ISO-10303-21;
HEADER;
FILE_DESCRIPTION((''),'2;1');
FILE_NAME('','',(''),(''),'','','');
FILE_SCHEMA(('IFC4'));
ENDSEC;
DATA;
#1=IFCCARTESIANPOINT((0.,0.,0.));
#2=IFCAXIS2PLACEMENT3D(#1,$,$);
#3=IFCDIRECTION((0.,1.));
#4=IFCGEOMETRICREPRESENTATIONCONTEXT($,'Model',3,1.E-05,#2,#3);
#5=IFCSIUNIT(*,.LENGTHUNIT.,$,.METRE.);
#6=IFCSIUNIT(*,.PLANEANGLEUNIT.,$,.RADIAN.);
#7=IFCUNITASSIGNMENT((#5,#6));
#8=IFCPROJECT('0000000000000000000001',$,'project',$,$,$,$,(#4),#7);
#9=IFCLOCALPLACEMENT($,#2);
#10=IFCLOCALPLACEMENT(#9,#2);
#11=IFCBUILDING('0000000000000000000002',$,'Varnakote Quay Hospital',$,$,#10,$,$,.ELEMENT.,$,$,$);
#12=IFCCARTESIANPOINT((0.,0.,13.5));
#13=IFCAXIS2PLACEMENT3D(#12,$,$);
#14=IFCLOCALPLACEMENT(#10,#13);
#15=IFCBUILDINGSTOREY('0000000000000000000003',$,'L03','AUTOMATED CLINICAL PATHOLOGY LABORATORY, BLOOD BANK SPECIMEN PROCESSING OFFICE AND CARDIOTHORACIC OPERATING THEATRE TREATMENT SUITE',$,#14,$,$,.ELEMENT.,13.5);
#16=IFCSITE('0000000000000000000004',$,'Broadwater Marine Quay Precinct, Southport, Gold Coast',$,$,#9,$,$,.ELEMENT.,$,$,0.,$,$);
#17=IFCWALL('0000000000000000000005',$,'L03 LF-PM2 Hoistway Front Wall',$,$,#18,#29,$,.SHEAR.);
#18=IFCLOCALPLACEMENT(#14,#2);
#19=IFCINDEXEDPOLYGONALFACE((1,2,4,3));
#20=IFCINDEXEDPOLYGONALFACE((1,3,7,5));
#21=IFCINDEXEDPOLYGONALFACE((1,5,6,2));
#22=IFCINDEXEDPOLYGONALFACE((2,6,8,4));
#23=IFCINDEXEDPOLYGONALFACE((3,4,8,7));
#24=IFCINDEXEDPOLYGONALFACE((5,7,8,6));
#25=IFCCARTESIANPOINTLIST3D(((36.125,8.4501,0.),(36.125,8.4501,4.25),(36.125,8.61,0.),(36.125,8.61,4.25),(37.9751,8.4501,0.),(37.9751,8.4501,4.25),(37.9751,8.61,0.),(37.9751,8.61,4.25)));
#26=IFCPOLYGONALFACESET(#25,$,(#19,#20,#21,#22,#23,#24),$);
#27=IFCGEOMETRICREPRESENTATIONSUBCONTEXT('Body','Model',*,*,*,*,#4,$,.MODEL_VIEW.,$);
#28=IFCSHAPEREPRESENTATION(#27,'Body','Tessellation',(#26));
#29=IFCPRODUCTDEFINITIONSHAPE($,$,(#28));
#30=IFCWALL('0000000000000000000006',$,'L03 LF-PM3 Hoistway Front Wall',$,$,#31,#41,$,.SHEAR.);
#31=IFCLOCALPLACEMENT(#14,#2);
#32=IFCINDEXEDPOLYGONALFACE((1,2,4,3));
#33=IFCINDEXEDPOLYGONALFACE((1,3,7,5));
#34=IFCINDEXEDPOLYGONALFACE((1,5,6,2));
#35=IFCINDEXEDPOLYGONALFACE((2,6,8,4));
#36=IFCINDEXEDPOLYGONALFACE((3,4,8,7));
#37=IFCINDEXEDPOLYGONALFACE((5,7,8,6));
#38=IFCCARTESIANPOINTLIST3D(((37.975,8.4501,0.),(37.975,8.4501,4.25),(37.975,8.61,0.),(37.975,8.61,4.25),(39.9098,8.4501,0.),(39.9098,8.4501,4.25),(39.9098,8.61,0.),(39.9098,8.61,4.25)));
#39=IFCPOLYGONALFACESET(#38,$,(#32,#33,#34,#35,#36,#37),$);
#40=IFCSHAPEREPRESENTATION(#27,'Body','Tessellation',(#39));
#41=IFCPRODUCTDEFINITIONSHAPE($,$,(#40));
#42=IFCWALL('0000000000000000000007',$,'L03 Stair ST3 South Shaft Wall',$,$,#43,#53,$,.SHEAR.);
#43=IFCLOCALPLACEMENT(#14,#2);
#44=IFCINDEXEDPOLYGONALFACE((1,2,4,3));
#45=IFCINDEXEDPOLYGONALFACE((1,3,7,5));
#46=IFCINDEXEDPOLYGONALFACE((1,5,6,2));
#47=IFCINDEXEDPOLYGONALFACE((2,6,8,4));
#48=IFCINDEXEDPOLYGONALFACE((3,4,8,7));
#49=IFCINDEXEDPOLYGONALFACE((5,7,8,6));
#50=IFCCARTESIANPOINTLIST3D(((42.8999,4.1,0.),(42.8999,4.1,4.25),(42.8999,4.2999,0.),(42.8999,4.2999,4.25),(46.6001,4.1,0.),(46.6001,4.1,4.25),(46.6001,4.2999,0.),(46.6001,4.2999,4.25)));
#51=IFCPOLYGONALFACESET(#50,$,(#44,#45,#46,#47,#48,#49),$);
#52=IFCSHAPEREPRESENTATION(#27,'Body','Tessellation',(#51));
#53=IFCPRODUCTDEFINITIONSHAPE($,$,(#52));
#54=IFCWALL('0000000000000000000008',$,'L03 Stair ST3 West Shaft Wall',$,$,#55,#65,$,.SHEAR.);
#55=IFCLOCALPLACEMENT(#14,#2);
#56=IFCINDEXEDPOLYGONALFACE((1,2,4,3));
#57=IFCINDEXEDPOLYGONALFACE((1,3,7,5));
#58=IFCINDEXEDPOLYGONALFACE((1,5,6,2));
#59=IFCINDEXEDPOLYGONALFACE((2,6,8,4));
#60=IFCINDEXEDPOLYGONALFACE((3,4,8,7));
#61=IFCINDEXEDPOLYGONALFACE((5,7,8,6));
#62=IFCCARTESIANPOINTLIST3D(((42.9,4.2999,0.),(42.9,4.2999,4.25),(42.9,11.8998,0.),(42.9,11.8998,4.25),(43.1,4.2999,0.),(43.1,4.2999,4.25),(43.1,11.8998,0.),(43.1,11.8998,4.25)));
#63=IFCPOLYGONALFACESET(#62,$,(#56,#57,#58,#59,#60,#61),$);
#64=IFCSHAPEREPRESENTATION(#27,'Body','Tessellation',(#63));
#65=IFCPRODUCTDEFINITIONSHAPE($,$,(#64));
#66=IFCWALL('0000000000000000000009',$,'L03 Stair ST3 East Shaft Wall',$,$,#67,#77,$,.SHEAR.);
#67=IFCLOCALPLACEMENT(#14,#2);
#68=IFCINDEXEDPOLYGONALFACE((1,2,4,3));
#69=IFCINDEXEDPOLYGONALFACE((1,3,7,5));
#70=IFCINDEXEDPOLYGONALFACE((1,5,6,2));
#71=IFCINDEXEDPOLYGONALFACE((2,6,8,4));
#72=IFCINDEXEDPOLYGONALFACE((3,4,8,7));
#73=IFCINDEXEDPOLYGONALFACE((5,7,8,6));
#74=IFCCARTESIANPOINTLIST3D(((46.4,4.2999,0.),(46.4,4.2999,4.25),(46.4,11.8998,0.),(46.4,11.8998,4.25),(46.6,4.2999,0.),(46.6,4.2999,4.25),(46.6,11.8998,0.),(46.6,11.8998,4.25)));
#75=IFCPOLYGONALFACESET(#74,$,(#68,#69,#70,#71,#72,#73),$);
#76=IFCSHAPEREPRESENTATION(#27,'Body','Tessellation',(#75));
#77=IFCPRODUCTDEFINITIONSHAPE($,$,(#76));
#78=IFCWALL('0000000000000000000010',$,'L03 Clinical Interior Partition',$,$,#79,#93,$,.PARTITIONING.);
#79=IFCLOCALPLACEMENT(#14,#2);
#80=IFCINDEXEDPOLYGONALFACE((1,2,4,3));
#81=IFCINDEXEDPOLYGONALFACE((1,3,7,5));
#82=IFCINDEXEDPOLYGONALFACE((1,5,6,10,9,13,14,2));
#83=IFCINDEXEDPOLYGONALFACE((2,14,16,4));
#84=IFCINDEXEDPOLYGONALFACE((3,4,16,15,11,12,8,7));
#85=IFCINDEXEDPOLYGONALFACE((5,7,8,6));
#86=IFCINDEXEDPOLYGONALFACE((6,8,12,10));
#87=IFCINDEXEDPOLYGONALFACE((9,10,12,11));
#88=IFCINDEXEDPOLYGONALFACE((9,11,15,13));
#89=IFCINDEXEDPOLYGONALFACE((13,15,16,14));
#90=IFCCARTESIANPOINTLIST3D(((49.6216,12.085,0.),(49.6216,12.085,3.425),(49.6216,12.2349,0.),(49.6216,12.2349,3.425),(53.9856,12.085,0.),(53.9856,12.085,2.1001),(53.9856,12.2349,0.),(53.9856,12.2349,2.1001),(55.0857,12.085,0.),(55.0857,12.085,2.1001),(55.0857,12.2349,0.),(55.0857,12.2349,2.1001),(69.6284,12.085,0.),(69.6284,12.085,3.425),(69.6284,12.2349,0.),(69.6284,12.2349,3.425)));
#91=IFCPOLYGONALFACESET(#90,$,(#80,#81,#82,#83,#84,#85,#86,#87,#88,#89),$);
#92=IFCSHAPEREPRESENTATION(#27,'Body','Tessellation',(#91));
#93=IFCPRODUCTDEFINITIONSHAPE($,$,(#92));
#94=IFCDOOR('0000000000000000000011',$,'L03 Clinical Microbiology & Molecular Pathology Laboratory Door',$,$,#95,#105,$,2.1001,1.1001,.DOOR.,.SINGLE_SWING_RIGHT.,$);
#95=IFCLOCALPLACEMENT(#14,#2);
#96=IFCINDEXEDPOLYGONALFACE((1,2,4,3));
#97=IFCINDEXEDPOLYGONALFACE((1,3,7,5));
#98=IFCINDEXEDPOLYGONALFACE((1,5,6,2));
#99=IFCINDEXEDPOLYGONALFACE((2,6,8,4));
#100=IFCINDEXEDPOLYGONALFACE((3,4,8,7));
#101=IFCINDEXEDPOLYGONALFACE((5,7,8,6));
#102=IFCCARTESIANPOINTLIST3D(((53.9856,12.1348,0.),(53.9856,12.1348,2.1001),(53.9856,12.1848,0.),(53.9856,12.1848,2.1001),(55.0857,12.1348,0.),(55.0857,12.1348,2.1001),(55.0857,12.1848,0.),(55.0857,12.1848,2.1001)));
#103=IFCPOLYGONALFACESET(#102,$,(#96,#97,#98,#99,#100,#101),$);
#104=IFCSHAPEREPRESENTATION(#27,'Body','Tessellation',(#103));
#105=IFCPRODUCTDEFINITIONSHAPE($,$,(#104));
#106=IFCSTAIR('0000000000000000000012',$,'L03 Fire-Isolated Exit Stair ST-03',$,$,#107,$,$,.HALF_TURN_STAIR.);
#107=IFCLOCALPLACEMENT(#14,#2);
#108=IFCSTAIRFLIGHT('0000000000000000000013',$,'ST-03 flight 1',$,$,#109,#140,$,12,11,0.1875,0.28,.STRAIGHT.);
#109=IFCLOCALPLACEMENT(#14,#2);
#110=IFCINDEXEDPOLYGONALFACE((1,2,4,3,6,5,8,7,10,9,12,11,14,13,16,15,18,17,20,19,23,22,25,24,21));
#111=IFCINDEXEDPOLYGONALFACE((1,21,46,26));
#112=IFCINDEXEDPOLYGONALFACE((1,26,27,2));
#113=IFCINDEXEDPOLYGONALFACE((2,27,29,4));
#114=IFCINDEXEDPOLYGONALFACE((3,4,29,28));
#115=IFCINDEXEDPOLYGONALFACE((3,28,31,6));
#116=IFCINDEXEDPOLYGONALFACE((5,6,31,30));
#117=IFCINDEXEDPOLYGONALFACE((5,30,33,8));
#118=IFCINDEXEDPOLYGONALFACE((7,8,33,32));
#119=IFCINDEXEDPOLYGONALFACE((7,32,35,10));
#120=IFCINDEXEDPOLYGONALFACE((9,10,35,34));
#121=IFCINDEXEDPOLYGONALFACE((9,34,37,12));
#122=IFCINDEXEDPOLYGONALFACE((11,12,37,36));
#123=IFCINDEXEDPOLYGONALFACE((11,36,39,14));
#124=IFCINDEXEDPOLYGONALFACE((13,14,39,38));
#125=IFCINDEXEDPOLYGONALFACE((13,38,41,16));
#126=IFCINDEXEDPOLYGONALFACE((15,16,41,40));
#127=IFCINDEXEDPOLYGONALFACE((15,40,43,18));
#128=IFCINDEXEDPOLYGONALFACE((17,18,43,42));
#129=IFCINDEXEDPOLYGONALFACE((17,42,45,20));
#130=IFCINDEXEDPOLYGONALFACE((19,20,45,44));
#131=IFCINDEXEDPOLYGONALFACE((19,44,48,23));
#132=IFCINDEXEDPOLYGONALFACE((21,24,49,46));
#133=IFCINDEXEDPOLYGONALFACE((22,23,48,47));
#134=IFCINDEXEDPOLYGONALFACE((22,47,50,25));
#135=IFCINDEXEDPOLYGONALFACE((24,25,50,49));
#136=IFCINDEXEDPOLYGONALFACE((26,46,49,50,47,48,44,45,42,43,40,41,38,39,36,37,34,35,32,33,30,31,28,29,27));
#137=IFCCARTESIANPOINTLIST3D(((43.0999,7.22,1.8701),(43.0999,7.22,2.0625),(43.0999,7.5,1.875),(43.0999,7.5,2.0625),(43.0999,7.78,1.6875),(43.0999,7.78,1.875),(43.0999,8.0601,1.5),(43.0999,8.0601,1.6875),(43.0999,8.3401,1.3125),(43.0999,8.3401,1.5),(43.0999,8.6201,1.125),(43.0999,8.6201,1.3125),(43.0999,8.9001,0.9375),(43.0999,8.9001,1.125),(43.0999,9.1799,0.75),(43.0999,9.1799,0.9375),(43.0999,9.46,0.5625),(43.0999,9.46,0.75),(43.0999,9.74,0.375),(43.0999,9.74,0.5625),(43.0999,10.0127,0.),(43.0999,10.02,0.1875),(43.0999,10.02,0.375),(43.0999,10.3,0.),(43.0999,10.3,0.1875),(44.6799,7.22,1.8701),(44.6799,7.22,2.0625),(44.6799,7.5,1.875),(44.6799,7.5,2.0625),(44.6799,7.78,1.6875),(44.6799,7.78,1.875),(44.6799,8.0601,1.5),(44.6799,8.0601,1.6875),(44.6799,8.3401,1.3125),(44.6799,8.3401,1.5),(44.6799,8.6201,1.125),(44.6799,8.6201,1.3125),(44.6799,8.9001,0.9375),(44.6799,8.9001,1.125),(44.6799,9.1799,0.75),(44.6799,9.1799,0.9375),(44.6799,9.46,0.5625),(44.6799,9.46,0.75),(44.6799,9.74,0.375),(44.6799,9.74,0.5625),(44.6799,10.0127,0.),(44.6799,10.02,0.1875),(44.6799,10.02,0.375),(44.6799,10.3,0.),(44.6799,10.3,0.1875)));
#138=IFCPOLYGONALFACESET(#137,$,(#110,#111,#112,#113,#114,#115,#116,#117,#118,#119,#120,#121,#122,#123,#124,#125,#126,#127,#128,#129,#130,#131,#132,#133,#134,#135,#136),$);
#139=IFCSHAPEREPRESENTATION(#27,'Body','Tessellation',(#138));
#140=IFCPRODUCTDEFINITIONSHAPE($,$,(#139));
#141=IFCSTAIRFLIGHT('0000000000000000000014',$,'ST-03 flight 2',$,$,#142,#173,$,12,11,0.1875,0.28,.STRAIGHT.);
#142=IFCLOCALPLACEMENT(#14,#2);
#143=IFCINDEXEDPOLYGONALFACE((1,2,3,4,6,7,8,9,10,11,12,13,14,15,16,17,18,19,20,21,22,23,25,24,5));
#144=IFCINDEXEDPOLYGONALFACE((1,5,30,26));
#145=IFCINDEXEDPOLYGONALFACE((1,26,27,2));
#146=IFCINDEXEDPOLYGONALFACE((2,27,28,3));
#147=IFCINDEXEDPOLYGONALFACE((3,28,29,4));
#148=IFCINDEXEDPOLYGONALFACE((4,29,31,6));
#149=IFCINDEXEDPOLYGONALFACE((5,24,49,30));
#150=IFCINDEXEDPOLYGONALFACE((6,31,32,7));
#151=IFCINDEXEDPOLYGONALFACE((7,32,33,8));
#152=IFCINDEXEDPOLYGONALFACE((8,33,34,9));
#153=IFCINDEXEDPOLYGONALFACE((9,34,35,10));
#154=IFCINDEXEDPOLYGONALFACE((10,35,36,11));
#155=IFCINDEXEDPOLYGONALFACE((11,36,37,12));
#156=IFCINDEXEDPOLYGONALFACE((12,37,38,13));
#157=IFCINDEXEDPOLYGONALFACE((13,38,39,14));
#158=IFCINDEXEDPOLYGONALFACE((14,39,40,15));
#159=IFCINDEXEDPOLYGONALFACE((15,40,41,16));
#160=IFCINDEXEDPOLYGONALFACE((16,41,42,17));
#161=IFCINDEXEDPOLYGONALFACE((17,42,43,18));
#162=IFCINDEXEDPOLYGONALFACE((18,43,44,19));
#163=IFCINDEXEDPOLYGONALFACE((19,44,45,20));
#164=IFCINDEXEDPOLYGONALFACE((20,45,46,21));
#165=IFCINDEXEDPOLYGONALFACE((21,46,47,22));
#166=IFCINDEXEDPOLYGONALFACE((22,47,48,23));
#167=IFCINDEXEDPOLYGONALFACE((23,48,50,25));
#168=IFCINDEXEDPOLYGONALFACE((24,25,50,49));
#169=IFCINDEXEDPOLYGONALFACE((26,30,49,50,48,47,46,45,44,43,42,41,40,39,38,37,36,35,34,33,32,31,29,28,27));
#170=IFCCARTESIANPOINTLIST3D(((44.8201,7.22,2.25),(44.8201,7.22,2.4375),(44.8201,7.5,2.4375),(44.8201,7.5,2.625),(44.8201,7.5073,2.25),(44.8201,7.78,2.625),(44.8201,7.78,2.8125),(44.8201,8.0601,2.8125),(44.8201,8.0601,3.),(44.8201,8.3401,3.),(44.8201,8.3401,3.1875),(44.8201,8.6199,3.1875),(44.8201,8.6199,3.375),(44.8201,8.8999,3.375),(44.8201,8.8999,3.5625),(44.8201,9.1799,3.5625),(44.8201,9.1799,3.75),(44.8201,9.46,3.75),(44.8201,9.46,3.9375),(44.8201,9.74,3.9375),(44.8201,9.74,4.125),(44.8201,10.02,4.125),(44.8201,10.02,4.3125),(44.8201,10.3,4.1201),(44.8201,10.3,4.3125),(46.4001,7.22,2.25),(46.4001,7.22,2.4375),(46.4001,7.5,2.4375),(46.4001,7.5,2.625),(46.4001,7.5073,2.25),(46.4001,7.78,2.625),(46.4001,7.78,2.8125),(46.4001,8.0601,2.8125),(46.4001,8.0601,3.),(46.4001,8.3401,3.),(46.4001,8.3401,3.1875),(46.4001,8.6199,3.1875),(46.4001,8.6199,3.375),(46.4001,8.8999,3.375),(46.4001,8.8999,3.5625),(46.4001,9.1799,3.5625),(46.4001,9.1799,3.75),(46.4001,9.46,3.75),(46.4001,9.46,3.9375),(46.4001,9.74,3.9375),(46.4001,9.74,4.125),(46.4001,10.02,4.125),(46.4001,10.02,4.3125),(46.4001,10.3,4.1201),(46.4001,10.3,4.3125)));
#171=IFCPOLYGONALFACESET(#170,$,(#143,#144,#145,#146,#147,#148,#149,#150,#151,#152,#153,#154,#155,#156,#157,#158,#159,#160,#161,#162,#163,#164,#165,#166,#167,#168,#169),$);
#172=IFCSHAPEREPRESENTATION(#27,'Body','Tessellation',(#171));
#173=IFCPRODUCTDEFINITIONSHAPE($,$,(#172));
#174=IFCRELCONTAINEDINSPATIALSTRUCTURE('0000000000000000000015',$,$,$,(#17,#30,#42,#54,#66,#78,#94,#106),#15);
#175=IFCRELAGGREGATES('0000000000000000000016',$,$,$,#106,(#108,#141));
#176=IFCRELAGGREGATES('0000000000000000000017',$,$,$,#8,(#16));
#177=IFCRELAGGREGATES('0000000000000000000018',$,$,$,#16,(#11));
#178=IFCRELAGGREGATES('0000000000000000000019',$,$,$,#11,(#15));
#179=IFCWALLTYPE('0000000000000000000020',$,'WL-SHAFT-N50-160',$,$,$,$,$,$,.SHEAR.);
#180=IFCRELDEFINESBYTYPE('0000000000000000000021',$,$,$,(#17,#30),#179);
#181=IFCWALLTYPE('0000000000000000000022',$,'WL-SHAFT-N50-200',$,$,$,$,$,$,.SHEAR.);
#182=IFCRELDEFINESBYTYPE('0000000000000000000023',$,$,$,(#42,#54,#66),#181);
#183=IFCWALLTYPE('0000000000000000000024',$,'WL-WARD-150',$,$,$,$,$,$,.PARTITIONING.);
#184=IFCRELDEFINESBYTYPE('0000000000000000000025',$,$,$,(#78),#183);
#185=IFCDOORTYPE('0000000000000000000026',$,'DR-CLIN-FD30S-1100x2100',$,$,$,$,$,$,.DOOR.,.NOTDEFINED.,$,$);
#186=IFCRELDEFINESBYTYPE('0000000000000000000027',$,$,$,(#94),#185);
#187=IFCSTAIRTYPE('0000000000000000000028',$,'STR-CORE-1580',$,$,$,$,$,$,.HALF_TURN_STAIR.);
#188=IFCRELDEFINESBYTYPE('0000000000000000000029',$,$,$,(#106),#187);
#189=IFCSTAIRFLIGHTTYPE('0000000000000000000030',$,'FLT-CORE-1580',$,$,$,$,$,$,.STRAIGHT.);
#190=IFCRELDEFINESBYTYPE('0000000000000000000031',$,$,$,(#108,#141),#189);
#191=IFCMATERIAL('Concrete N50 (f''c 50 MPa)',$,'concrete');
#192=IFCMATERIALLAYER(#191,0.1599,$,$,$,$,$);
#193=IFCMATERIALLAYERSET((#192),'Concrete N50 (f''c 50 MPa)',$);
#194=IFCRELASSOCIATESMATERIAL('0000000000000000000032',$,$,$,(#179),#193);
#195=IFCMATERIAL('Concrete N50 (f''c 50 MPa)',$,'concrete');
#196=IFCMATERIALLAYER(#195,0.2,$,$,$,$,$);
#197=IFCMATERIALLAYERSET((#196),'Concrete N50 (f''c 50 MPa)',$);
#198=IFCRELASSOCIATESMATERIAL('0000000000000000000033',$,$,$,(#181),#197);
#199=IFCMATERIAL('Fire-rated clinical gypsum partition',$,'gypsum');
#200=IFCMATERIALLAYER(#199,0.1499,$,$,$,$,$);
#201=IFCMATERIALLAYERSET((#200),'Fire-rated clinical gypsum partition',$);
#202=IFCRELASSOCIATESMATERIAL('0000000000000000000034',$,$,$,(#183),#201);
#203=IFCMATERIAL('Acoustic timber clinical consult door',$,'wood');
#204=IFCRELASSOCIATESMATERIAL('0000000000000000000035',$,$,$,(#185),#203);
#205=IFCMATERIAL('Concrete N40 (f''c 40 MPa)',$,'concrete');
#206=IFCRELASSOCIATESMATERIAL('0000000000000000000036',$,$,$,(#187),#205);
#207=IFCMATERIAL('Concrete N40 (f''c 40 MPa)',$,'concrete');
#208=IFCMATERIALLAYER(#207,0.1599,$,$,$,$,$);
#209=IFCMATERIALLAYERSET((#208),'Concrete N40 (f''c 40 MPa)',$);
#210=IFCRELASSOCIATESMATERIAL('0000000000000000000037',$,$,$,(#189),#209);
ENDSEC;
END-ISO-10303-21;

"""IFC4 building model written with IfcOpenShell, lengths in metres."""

from ifc_helpers import new_model, si_unit, direction, frame, frame_2d, origin, place, context, subcontext, project, spatial, polyline, rectangle, outline, extrude, material, layer, layer_set, type_object, element, fill, aggregate, save


model = new_model("IFC4")

# Units and contexts
model_context = context("Model", 3, precision=1e-05, world=origin(), true_north=direction((0.0, 1.0)))
body_context = subcontext(model_context, "Body", "Model", "MODEL_VIEW")
ifc_project = project(units=[si_unit("LENGTHUNIT", "METRE"), si_unit("PLANEANGLEUNIT", "RADIAN")], contexts=[model_context])

# Site, building, storey
site_placement = place(None, origin())
site = spatial("IfcSite", under=ifc_project, at=site_placement, Name="Broadwater Marine Quay Precinct, Southport, Gold Coast", CompositionType="ELEMENT", RefElevation=0.0)
building_placement = place(site_placement, origin())
building = spatial("IfcBuilding", under=site, at=building_placement, Name="Varnakote Quay Hospital", CompositionType="ELEMENT")
storey_placement = place(building_placement, frame((0.0, 0.0, 13.5)))
storey = spatial("IfcBuildingStorey", under=building, at=storey_placement, Name="L03", Description="AUTOMATED CLINICAL PATHOLOGY LABORATORY, BLOOD BANK SPECIMEN PROCESSING OFFICE AND CARDIOTHORACIC OPERATING THEATRE TREATMENT SUITE", CompositionType="ELEMENT", Elevation=13.5)

# Walls
ifc_material_1 = material(Name="Concrete N50 (f'c 50 MPa)", Category="concrete")
ifc_layer_1 = layer(ifc_material_1, 0.1599)
ifc_layer_set_1 = layer_set([ifc_layer_1], Name="Concrete N50 (f'c 50 MPa)")
wall_type_1 = type_object("IfcWallType", Name="WL-SHAFT-N50-160", PredefinedType="SHEAR", material=ifc_layer_set_1)
wall_1_placement = place(storey_placement, frame((36.125, 8.53, 0.0), z_axis=(0.0, 0.0, 1.0), x_axis=(1.0, 0.0, 0.0)))
element("IfcWall", 1, at=wall_1_placement, inside=storey, type_object=wall_type_1, Name="L03 LF-PM2 Hoistway Front Wall", PredefinedType="SHEAR", context=body_context, shape_type="SweptSolid", body=[
    extrude(rectangle(XDim=1.8501, YDim=0.1599, at=frame_2d((0.925, 0.0))), origin(), (0.0, 0.0, 1.0), 4.25),
])
wall_2_placement = place(storey_placement, frame((37.9751, 8.53, 0.0), z_axis=(0.0, 0.0, 1.0), x_axis=(1.0, 0.0, 0.0)))
element("IfcWall", 2, at=wall_2_placement, inside=storey, type_object=wall_type_1, Name="L03 LF-PM3 Hoistway Front Wall", PredefinedType="SHEAR", context=body_context, shape_type="SweptSolid", body=[
    extrude(rectangle(XDim=1.9348, YDim=0.1599, at=frame_2d((0.9673, 0.0))), origin(), (0.0, 0.0, 1.0), 4.25),
])
ifc_material_2 = material(Name="Concrete N50 (f'c 50 MPa)", Category="concrete")
ifc_layer_2 = layer(ifc_material_2, 0.2)
ifc_layer_set_2 = layer_set([ifc_layer_2], Name="Concrete N50 (f'c 50 MPa)")
wall_type_2 = type_object("IfcWallType", Name="WL-SHAFT-N50-200", PredefinedType="SHEAR", material=ifc_layer_set_2)
wall_3_placement = place(storey_placement, frame((42.8999, 4.2, 0.0), z_axis=(0.0, 0.0, 1.0), x_axis=(1.0, 0.0, 0.0)))
element("IfcWall", 3, at=wall_3_placement, inside=storey, type_object=wall_type_2, Name="L03 Stair ST3 South Shaft Wall", PredefinedType="SHEAR", context=body_context, shape_type="SweptSolid", body=[
    extrude(rectangle(XDim=3.7002, YDim=0.2, at=frame_2d((1.8501, 0.0))), origin(), (0.0, 0.0, 1.0), 4.25),
])
for number, where, z_axis, x_axis, name in (
    (4, (43.0, 4.3, 0.0), (0.0, 0.0, 1.0), (0.0, 1.0, 0.0), "L03 Stair ST3 West Shaft Wall"),
    (5, (46.5, 4.3, 0.0), (0.0, 0.0, 1.0), (0.0, 1.0, 0.0), "L03 Stair ST3 East Shaft Wall"),
):
    element("IfcWall", number, at=place(storey_placement, frame(where, z_axis=z_axis, x_axis=x_axis)), inside=storey, type_object=wall_type_2, Name=name, PredefinedType="SHEAR", context=body_context, shape_type="SweptSolid", body=[
        extrude(rectangle(XDim=7.5999, YDim=0.2, at=frame_2d((3.7998, 0.0))), origin(), (0.0, 0.0, 1.0), 4.25),
    ])

# Wall, opening, door
ifc_material_3 = material(Name="Fire-rated clinical gypsum partition", Category="gypsum")
ifc_layer_3 = layer(ifc_material_3, 0.1499)
ifc_layer_set_3 = layer_set([ifc_layer_3], Name="Fire-rated clinical gypsum partition")
wall_type_3 = type_object("IfcWallType", Name="WL-WARD-150", PredefinedType="PARTITIONING", material=ifc_layer_set_3)
wall_4_placement = place(storey_placement, frame((49.6216, 12.1599, 0.0), z_axis=(0.0, 0.0, 1.0), x_axis=(1.0, 0.0, 0.0)))
wall_4 = element("IfcWall", 6, at=wall_4_placement, inside=storey, type_object=wall_type_3, Name="L03 Clinical Interior Partition", PredefinedType="PARTITIONING", context=body_context, shape_type="SweptSolid", body=[
    extrude(rectangle(XDim=20.0068, YDim=0.1499, at=frame_2d((10.0034, 0.0))), origin(), (0.0, 0.0, 1.0), 3.425),
])
opening_1_placement = place(wall_4_placement, frame((4.364, 0.0, 0.0)))
opening_1 = element("IfcOpeningElement", 7, at=opening_1_placement, cuts=wall_4, PredefinedType="OPENING", context=body_context, shape_type="SweptSolid", body=[
    extrude(rectangle(XDim=1.1001, YDim=2.1001, at=frame_2d((0.55, 1.05))), frame((0.0, 0.085, 0.0), z_axis=(0.0, -1.0, 0.0), x_axis=(1.0, 0.0, 0.0)), (0.0, 0.0, 1.0), 0.1699),
])
ifc_material_4 = material(Name="Acoustic timber clinical consult door", Category="wood")
door_type_1 = type_object("IfcDoorType", Name="DR-CLIN-FD30S-1100x2100", OperationType="NOTDEFINED", PredefinedType="DOOR", material=ifc_material_4)
door_1_placement = place(opening_1_placement, origin())
door_1 = element("IfcDoor", 8, at=door_1_placement, inside=storey, type_object=door_type_1, Name="L03 Clinical Microbiology & Molecular Pathology Laboratory Door", OperationType="SINGLE_SWING_RIGHT", OverallHeight=2.1001, OverallWidth=1.1001, PredefinedType="DOOR", context=body_context, shape_type="SweptSolid", body=[
    extrude(rectangle(XDim=1.1001, YDim=2.1001, at=frame_2d((0.55, 1.05))), frame((0.0, 0.0249, 0.0), z_axis=(0.0, -1.0, 0.0), x_axis=(1.0, 0.0, 0.0)), (0.0, 0.0, 1.0), 0.05),
])
fill(opening_1, door_1)

# Stair, stair flights
ifc_material_5 = material(Name="Concrete N40 (f'c 40 MPa)", Category="concrete")
stair_type = type_object("IfcStairType", Name="STR-CORE-1580", PredefinedType="HALF_TURN_STAIR", material=ifc_material_5)
stair_placement = place(storey_placement, origin())
stair = element("IfcStair", 9, at=stair_placement, inside=storey, type_object=stair_type, Name="L03 Fire-Isolated Exit Stair ST-03", PredefinedType="HALF_TURN_STAIR")
ifc_material_6 = material(Name="Concrete N40 (f'c 40 MPa)", Category="concrete")
ifc_layer_4 = layer(ifc_material_6, 0.1599)
ifc_layer_set_4 = layer_set([ifc_layer_4], Name="Concrete N40 (f'c 40 MPa)")
stair_flight_type = type_object("IfcStairFlightType", Name="FLT-CORE-1580", PredefinedType="STRAIGHT", material=ifc_layer_set_4)
stair_flight_1_placement = place(storey_placement, frame((43.8899, 10.3, 0.0), z_axis=(0.0, 0.0, 1.0), x_axis=(0.0, -1.0, 0.0)))
stair_flight_1 = element("IfcStairFlight", 10, at=stair_flight_1_placement, type_object=stair_flight_type, Name="ST-03 flight 1", NumberOfRisers=12, NumberOfTreads=11, PredefinedType="STRAIGHT", RiserHeight=0.1875, TreadLength=0.28, context=body_context, shape_type="SweptSolid", body=[
    extrude(outline(polyline([(0.0, 0.0), (0.0, 0.1875), (0.28, 0.1875), (0.28, 0.375), (0.5601, 0.375), (0.5601, 0.5625), (0.8401, 0.5625), (0.8401, 0.75), (1.1201, 0.75), (1.1201, 0.9375), (1.3999, 0.9375), (1.3999, 1.125), (1.6799, 1.125), (1.6799, 1.3125), (1.96, 1.3125), (1.96, 1.5), (2.24, 1.5), (2.24, 1.6875), (2.52, 1.6875), (2.52, 1.875), (2.8, 1.875), (2.8, 2.0625), (3.0801, 2.0625), (3.0801, 2.25), (3.0801, 1.8701), (0.2874, 0.0), (0.0, 0.0)])), frame((0.0, 0.79, 0.0), z_axis=(0.0, -1.0, 0.0), x_axis=(1.0, 0.0, 0.0)), (0.0, 0.0, 1.0), 1.5801),
])
stair_flight_2_placement = place(storey_placement, frame((45.6101, 7.22, 2.25), z_axis=(0.0, 0.0, 1.0), x_axis=(0.0, 1.0, 0.0)))
stair_flight_2 = element("IfcStairFlight", 11, at=stair_flight_2_placement, type_object=stair_flight_type, Name="ST-03 flight 2", NumberOfRisers=12, NumberOfTreads=11, PredefinedType="STRAIGHT", RiserHeight=0.1875, TreadLength=0.28, context=body_context, shape_type="SweptSolid", body=[
    extrude(outline(polyline([(0.0, 0.0), (0.0, 0.1875), (0.28, 0.1875), (0.28, 0.375), (0.5601, 0.375), (0.5601, 0.5625), (0.8401, 0.5625), (0.8401, 0.75), (1.1201, 0.75), (1.1201, 0.9375), (1.3999, 0.9375), (1.3999, 1.125), (1.6799, 1.125), (1.6799, 1.3125), (1.96, 1.3125), (1.96, 1.5), (2.24, 1.5), (2.24, 1.6875), (2.52, 1.6875), (2.52, 1.875), (2.8, 1.875), (2.8, 2.0625), (3.0801, 2.0625), (3.0801, 2.25), (3.0801, 1.8701), (0.2874, 0.0), (0.0, 0.0)])), frame((0.0, 0.79, 0.0), z_axis=(0.0, -1.0, 0.0), x_axis=(1.0, 0.0, 0.0)), (0.0, 0.0, 1.0), 1.5801),
])
aggregate(stair, [stair_flight_1, stair_flight_2])

save(model, "model.ifc")
